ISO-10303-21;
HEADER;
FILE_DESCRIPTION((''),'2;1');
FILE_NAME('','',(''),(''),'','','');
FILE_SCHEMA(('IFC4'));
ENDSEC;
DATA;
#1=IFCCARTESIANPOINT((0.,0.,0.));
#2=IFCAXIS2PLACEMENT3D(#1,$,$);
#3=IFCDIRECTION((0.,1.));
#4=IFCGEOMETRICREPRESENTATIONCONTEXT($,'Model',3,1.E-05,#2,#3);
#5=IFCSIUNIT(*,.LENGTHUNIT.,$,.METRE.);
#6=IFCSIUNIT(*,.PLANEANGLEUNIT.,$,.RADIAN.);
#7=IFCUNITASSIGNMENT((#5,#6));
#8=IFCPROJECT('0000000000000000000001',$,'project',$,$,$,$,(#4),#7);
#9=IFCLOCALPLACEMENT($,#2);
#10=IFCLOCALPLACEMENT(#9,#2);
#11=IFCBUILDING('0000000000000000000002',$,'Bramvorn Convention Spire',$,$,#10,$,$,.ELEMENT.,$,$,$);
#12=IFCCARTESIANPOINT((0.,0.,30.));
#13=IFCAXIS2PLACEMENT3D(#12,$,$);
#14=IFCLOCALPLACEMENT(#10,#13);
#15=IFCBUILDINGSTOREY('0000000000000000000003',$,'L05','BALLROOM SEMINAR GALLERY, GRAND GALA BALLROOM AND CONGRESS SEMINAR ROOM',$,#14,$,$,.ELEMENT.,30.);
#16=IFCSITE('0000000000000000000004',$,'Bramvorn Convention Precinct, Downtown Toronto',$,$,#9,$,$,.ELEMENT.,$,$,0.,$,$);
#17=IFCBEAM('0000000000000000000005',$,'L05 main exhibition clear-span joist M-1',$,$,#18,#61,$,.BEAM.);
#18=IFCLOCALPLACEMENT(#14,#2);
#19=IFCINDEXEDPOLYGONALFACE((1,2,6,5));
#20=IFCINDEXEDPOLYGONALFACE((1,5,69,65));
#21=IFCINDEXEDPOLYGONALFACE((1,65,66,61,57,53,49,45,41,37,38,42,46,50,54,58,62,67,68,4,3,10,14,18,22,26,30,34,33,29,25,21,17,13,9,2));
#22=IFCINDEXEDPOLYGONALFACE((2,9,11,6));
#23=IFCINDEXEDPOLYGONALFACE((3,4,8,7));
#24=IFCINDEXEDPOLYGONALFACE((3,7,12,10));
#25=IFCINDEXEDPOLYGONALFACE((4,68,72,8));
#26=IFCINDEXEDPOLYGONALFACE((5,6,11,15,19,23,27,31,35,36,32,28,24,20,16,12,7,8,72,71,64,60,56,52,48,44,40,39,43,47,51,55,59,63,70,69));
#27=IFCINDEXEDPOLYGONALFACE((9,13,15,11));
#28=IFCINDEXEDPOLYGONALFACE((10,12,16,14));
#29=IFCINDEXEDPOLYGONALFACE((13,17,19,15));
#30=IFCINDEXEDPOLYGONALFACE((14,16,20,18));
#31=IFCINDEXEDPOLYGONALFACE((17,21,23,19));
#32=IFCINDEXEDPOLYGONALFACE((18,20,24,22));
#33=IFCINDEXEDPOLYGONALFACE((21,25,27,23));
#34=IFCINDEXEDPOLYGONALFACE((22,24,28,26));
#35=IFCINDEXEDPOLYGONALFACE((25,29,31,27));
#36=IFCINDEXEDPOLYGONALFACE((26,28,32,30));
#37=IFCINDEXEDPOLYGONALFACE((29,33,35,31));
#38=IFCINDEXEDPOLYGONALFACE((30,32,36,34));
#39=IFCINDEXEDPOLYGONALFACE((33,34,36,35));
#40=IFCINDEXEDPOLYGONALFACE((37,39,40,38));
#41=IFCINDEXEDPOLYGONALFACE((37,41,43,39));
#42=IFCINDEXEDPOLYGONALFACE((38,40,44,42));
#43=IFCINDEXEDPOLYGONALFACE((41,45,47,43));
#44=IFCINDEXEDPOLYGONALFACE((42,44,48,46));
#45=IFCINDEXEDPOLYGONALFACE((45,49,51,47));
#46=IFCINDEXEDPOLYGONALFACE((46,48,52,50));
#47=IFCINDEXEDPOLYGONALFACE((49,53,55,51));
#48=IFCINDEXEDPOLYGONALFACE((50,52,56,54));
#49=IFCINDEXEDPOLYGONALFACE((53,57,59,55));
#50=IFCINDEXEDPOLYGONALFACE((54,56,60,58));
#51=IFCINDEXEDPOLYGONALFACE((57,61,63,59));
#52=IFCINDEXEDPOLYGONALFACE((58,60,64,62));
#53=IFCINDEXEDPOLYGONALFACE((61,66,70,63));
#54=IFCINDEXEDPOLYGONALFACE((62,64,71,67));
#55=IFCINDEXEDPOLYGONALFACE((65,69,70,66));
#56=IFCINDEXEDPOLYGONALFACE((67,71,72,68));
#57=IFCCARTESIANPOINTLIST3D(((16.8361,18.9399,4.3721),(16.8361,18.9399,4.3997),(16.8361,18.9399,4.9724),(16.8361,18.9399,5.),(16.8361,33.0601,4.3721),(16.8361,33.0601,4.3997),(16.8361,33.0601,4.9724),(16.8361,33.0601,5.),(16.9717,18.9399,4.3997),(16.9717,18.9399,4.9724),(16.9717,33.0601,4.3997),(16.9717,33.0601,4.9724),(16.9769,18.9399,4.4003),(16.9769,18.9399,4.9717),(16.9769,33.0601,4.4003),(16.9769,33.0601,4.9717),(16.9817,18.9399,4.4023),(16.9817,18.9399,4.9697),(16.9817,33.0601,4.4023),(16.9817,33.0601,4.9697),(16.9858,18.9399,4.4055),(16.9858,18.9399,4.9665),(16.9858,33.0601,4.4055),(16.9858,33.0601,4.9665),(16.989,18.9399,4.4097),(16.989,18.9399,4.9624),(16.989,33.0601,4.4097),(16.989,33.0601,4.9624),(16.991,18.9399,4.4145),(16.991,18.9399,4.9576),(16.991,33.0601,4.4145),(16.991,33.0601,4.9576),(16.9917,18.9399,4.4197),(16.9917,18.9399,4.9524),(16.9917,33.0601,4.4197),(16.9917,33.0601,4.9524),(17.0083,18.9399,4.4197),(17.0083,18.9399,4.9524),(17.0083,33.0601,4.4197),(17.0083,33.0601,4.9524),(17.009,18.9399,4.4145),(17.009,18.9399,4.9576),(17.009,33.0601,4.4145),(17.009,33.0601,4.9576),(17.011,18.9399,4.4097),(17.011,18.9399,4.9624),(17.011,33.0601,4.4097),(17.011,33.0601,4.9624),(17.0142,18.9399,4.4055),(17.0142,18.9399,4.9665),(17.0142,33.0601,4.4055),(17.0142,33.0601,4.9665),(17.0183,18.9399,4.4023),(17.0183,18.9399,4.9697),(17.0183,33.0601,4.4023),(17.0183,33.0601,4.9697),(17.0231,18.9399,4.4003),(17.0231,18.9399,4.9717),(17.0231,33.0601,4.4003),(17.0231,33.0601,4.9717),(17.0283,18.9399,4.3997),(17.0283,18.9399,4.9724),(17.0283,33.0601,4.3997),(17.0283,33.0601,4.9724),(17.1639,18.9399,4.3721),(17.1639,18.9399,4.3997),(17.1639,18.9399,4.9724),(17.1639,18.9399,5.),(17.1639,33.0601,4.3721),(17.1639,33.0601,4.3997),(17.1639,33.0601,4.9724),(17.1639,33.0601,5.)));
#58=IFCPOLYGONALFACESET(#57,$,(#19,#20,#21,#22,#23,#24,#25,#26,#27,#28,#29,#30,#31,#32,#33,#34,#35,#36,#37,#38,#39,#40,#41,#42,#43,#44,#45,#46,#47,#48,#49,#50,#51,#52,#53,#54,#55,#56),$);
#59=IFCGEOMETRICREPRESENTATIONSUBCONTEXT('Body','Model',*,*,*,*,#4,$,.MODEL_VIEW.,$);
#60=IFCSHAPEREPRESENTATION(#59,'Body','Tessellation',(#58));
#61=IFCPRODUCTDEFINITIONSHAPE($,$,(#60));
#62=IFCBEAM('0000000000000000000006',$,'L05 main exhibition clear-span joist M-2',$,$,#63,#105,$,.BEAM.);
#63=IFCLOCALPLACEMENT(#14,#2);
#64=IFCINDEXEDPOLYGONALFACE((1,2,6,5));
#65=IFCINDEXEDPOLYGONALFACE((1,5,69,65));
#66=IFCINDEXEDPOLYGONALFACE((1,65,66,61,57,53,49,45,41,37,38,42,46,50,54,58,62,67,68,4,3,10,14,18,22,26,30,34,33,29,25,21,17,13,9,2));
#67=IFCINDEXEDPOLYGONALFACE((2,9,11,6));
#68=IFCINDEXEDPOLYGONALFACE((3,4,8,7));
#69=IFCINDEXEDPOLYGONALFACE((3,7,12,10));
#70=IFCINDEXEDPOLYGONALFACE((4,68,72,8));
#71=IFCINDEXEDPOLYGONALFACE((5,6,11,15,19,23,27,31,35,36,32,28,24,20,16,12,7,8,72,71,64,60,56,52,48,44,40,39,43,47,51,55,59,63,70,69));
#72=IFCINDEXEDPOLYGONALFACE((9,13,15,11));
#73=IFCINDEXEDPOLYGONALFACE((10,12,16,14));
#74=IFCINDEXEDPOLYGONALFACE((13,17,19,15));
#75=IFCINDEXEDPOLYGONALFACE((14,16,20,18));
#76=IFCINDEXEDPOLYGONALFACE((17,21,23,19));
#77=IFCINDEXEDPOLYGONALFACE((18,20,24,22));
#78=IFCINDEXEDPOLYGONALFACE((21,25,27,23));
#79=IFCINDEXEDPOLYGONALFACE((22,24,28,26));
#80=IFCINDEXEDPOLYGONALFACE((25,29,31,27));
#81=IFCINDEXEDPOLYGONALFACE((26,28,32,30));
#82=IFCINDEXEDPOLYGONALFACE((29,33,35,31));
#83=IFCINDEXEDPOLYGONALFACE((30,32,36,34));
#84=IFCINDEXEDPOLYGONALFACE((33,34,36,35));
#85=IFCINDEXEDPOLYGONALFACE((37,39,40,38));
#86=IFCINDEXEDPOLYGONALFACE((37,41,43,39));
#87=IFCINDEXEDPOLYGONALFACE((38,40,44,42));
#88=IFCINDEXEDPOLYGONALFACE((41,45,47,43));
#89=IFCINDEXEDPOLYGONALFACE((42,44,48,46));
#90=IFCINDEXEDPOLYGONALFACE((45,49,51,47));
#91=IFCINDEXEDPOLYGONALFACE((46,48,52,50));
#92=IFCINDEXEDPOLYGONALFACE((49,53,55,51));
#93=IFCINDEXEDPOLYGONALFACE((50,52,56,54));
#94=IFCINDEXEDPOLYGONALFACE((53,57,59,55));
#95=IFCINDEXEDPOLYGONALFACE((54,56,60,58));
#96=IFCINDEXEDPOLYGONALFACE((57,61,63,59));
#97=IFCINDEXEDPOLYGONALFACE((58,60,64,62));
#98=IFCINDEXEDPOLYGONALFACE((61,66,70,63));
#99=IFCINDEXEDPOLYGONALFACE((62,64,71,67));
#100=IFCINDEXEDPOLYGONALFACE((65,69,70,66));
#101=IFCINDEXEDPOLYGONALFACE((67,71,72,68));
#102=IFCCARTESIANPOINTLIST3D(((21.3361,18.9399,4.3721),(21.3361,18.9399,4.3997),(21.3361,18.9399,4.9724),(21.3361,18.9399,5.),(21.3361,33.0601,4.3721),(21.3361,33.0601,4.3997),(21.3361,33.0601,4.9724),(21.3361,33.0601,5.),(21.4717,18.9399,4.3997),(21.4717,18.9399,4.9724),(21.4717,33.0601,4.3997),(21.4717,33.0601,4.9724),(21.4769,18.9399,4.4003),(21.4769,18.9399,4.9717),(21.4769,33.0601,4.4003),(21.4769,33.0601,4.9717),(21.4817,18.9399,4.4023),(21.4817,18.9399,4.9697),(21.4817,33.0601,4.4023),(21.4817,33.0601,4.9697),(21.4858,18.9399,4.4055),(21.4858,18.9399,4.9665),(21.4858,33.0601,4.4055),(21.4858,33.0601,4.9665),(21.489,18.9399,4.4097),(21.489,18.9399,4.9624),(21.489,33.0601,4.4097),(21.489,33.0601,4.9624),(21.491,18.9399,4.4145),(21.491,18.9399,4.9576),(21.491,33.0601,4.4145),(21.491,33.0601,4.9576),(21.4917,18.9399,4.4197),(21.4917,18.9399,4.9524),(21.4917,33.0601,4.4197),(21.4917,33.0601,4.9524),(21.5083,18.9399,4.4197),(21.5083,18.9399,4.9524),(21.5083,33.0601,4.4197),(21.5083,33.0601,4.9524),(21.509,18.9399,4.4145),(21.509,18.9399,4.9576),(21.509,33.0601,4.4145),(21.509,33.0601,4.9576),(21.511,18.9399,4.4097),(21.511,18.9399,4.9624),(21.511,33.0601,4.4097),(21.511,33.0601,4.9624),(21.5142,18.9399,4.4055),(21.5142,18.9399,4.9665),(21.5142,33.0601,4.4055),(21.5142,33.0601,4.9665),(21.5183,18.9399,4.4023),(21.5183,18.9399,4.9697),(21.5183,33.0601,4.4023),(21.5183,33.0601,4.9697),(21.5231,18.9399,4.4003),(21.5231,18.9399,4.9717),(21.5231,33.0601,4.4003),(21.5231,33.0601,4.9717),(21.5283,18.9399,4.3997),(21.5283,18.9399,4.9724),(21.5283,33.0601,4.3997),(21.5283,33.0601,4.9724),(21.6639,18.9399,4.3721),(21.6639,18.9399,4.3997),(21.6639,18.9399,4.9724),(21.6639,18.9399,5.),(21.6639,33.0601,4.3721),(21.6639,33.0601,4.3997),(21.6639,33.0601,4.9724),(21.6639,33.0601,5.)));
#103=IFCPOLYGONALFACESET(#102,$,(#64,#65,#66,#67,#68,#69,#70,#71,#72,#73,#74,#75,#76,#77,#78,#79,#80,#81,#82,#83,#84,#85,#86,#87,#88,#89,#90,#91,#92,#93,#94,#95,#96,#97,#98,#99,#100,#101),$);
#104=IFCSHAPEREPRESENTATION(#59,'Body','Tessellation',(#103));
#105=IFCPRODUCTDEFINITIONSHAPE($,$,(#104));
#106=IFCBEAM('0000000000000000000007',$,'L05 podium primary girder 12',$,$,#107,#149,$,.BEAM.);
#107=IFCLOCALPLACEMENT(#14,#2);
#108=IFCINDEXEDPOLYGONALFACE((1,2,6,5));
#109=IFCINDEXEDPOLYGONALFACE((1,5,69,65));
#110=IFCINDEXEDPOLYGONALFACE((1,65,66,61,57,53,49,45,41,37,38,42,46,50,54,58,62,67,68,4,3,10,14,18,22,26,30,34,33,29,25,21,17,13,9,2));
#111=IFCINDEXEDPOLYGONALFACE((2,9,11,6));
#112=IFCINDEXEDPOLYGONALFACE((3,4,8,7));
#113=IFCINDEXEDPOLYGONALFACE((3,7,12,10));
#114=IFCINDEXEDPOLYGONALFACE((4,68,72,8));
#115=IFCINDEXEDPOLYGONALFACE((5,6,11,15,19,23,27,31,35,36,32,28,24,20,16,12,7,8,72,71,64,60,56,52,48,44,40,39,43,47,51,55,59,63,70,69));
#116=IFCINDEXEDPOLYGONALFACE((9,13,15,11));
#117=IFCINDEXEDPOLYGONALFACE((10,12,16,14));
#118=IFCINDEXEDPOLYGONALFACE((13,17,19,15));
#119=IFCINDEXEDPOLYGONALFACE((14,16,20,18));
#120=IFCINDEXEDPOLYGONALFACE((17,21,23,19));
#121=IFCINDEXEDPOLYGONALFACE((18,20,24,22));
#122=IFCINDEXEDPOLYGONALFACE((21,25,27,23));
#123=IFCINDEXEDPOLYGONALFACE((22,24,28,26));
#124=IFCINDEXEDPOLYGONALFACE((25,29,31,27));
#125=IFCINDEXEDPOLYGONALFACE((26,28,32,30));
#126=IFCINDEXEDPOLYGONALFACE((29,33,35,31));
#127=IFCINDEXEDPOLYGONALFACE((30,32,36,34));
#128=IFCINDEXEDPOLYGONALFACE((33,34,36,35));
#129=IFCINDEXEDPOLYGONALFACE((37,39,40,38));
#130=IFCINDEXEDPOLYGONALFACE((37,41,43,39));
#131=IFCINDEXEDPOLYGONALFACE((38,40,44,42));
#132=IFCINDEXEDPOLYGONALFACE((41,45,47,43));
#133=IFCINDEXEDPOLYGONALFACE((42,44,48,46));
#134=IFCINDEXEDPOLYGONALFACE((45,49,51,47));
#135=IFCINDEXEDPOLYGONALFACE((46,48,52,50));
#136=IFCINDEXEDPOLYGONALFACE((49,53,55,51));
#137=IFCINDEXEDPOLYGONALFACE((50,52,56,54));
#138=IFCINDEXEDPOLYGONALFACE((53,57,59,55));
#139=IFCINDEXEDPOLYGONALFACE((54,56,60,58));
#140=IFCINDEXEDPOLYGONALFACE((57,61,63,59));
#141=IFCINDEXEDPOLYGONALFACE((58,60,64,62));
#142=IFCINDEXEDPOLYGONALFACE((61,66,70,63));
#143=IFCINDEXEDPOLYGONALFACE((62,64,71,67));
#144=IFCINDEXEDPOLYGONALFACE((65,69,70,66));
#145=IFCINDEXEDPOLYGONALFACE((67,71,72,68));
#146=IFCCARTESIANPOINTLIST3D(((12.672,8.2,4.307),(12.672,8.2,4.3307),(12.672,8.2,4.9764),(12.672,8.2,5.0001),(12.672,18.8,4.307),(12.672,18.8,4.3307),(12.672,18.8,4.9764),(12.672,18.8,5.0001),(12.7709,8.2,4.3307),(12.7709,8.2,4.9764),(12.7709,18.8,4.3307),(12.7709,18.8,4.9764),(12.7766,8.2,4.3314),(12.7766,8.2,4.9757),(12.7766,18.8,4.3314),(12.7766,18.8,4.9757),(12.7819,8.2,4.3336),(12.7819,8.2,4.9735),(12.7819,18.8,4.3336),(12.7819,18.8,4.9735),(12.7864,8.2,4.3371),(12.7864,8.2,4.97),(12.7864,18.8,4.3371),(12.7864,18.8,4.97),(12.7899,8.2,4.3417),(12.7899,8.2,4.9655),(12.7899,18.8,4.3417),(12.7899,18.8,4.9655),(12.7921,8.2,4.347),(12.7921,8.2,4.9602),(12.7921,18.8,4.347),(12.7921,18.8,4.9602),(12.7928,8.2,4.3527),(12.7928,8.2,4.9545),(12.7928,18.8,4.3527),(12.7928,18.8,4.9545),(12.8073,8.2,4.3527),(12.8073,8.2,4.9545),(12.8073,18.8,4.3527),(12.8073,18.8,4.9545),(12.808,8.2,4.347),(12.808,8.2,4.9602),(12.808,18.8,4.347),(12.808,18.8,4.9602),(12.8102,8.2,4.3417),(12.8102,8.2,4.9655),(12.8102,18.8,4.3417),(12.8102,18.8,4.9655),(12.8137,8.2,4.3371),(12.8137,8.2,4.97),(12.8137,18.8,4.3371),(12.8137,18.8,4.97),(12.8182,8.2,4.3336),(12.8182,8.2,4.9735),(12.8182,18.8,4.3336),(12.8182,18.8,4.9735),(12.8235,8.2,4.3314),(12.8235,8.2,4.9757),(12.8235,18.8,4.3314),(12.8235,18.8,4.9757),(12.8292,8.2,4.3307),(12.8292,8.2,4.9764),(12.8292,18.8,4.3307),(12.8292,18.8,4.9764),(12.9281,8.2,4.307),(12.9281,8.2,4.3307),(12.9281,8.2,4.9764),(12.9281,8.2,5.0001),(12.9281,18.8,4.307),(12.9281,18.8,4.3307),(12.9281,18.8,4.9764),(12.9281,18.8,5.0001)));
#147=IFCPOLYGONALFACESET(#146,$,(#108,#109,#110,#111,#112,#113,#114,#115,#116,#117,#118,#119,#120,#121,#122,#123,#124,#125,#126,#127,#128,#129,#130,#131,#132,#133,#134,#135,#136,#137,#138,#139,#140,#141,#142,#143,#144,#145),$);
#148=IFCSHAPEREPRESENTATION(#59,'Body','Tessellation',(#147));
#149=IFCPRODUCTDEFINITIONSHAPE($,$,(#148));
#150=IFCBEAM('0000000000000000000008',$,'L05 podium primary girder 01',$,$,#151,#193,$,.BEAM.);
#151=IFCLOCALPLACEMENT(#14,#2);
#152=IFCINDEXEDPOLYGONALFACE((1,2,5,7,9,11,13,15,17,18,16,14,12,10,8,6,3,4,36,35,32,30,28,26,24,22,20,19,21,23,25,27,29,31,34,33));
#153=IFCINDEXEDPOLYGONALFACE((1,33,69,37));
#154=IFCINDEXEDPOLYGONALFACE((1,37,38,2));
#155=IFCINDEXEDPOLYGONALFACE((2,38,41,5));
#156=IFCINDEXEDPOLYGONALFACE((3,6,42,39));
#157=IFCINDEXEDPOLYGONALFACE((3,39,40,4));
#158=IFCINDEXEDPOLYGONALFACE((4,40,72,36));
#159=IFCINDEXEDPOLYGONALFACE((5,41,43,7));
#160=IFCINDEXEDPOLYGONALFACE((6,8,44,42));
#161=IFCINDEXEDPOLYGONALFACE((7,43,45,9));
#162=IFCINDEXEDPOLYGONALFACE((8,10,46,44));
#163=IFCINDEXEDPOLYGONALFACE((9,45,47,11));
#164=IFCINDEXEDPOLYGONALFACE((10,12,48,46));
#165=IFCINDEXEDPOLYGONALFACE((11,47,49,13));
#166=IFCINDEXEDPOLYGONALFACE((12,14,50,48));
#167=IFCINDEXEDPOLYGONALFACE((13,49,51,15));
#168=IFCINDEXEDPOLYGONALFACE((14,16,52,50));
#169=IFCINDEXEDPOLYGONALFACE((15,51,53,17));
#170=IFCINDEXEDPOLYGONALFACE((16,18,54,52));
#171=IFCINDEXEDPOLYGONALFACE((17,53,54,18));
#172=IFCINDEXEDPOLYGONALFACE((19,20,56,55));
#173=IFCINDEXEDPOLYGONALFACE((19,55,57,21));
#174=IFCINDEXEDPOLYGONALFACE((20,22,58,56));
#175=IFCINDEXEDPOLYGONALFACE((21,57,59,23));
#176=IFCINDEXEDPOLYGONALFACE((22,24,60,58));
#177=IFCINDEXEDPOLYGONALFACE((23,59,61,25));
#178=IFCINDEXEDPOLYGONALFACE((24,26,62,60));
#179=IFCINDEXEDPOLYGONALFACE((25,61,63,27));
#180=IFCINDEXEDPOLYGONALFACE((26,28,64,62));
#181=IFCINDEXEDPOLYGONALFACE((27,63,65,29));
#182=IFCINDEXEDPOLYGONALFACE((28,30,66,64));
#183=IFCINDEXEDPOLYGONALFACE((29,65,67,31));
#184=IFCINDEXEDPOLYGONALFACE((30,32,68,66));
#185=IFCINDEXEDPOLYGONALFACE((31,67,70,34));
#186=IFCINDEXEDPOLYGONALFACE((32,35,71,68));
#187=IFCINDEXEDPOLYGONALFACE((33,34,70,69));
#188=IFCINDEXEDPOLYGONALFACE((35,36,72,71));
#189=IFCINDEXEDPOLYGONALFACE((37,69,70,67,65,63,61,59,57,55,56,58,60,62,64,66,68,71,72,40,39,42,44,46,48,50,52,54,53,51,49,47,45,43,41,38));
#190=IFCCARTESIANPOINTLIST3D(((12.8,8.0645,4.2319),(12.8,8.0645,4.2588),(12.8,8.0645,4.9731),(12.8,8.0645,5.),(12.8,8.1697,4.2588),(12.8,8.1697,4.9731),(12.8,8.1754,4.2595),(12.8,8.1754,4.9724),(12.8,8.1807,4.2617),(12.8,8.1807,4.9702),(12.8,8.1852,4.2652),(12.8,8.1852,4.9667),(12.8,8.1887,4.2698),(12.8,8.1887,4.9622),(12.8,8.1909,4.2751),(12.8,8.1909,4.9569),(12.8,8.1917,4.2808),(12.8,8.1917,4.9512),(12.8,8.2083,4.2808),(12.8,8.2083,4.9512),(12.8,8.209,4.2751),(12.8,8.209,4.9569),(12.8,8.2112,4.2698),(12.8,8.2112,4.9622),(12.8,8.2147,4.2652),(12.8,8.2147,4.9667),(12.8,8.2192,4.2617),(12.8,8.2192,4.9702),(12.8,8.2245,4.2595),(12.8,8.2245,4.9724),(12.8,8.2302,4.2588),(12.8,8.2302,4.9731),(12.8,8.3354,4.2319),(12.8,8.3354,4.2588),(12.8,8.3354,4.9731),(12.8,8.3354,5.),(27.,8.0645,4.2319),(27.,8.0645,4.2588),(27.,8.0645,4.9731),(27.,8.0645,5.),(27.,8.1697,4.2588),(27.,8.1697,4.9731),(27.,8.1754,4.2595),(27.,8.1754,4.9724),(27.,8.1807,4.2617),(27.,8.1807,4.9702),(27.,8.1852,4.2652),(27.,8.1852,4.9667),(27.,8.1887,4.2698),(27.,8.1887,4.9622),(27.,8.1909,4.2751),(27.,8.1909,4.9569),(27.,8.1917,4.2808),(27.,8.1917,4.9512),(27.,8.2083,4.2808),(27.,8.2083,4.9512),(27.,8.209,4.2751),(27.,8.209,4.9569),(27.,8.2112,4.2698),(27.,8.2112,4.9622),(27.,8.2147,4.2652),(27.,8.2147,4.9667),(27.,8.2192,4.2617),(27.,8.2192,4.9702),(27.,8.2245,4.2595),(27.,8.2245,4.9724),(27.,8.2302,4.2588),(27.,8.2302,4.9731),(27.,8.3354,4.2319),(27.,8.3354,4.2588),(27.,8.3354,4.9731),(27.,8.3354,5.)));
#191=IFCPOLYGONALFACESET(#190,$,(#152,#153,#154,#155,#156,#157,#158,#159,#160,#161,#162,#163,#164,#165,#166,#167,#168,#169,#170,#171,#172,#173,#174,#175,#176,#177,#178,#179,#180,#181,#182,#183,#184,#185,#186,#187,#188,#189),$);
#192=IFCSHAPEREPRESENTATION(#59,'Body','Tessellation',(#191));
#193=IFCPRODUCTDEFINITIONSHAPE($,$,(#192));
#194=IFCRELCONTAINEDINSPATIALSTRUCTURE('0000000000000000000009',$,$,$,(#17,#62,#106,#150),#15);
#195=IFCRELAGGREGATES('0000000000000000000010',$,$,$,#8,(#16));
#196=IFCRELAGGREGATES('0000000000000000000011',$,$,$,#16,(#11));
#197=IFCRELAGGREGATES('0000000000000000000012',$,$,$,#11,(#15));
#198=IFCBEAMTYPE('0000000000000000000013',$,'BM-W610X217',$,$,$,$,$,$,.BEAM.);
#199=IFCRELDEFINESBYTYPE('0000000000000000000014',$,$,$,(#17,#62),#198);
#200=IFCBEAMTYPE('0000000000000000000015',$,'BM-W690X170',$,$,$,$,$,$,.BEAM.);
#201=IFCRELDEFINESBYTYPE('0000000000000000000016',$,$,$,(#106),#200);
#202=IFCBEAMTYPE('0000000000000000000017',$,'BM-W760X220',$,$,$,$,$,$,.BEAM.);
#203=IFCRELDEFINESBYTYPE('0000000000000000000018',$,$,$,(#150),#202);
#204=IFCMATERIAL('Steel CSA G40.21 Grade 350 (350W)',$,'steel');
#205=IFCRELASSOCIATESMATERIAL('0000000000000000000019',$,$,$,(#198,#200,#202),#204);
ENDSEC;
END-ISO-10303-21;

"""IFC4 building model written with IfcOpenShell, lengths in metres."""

from ifc_helpers import new_model, si_unit, direction, frame, origin, origin_2d, place, context, subcontext, project, spatial, i_section, extrude, material, material_profile, profile_set, type_object, element, save


model = new_model("IFC4")

# Units and contexts
model_context = context("Model", 3, precision=1e-05, world=origin(), true_north=direction((0.0, 1.0)))
body_context = subcontext(model_context, "Body", "Model", "MODEL_VIEW")
ifc_project = project(units=[si_unit("LENGTHUNIT", "METRE"), si_unit("PLANEANGLEUNIT", "RADIAN")], contexts=[model_context])

# Site, building, storey
site_placement = place(None, origin())
site = spatial("IfcSite", under=ifc_project, at=site_placement, Name="Bramvorn Convention Precinct, Downtown Toronto", CompositionType="ELEMENT", RefElevation=0.0)
building_placement = place(site_placement, origin())
building = spatial("IfcBuilding", under=site, at=building_placement, Name="Bramvorn Convention Spire", CompositionType="ELEMENT")
storey_placement = place(building_placement, frame((0.0, 0.0, 30.0)))
storey = spatial("IfcBuildingStorey", under=building, at=storey_placement, Name="L05", Description="BALLROOM SEMINAR GALLERY, GRAND GALA BALLROOM AND CONGRESS SEMINAR ROOM", CompositionType="ELEMENT", Elevation=30.0)

# Shared definitions
ifc_material_1 = material(Name="Steel CSA G40.21 Grade 350 (350W)", Category="steel")

# Beams
ifc_material_profile_1 = material_profile(ifc_material_1, i_section(OverallWidth=0.3279, OverallDepth=0.6279, WebThickness=0.0166, FlangeThickness=0.0276, FilletRadius=0.02, at=origin_2d()))
ifc_profile_set_1 = profile_set([ifc_material_profile_1], Name="Steel CSA G40.21 Grade 350 (350W) - W610X217")
beam_type_1 = type_object("IfcBeamType", Name="BM-W610X217", PredefinedType="BEAM", material=ifc_profile_set_1)
for number, where, z_axis, x_axis, name in (
    (1, (17.0, 18.9399, 4.686), (0.0, 1.0, 0.0), (-1.0, 0.0, 0.0), "L05 main exhibition clear-span joist M-1"),
    (2, (21.5, 18.9399, 4.686), (0.0, 1.0, 0.0), (-1.0, 0.0, 0.0), "L05 main exhibition clear-span joist M-2"),
):
    element("IfcBeam", number, at=place(storey_placement, frame(where, z_axis=z_axis, x_axis=x_axis)), inside=storey, type_object=beam_type_1, Name=name, PredefinedType="BEAM", context=body_context, shape_type="SweptSolid", body=[
        extrude(i_section(OverallWidth=0.3279, OverallDepth=0.6279, WebThickness=0.0166, FlangeThickness=0.0276, FilletRadius=0.02, at=origin_2d()), origin(), (0.0, 0.0, 1.0), 14.1201),
    ])
ifc_material_profile_2 = material_profile(ifc_material_1, i_section(OverallWidth=0.2561, OverallDepth=0.6931, WebThickness=0.0144, FlangeThickness=0.0237, FilletRadius=0.022, at=origin_2d()))
ifc_profile_set_2 = profile_set([ifc_material_profile_2], Name="Steel CSA G40.21 Grade 350 (350W) - W690X170")
beam_type_2 = type_object("IfcBeamType", Name="BM-W690X170", PredefinedType="BEAM", material=ifc_profile_set_2)
beam_1_placement = place(storey_placement, frame((12.8, 8.2, 4.6536), z_axis=(0.0, 1.0, 0.0), x_axis=(-1.0, 0.0, 0.0)))
element("IfcBeam", 3, at=beam_1_placement, inside=storey, type_object=beam_type_2, Name="L05 podium primary girder 12", PredefinedType="BEAM", context=body_context, shape_type="SweptSolid", body=[
    extrude(i_section(OverallWidth=0.2561, OverallDepth=0.6931, WebThickness=0.0144, FlangeThickness=0.0237, FilletRadius=0.022, at=origin_2d()), origin(), (0.0, 0.0, 1.0), 10.6001),
])
ifc_material_profile_3 = material_profile(ifc_material_1, i_section(OverallWidth=0.271, OverallDepth=0.7681, WebThickness=0.0166, FlangeThickness=0.0269, FilletRadius=0.022, at=origin_2d()))
ifc_profile_set_3 = profile_set([ifc_material_profile_3], Name="Steel CSA G40.21 Grade 350 (350W) - W760X220")
beam_type_3 = type_object("IfcBeamType", Name="BM-W760X220", PredefinedType="BEAM", material=ifc_profile_set_3)
beam_2_placement = place(storey_placement, frame((12.8, 8.2, 4.616), z_axis=(1.0, 0.0, 0.0), x_axis=(0.0, 1.0, 0.0)))
element("IfcBeam", 4, at=beam_2_placement, inside=storey, type_object=beam_type_3, Name="L05 podium primary girder 01", PredefinedType="BEAM", context=body_context, shape_type="SweptSolid", body=[
    extrude(i_section(OverallWidth=0.271, OverallDepth=0.7681, WebThickness=0.0166, FlangeThickness=0.0269, FilletRadius=0.022, at=origin_2d()), origin(), (0.0, 0.0, 1.0), 14.2),
])

save(model, "model.ifc")
